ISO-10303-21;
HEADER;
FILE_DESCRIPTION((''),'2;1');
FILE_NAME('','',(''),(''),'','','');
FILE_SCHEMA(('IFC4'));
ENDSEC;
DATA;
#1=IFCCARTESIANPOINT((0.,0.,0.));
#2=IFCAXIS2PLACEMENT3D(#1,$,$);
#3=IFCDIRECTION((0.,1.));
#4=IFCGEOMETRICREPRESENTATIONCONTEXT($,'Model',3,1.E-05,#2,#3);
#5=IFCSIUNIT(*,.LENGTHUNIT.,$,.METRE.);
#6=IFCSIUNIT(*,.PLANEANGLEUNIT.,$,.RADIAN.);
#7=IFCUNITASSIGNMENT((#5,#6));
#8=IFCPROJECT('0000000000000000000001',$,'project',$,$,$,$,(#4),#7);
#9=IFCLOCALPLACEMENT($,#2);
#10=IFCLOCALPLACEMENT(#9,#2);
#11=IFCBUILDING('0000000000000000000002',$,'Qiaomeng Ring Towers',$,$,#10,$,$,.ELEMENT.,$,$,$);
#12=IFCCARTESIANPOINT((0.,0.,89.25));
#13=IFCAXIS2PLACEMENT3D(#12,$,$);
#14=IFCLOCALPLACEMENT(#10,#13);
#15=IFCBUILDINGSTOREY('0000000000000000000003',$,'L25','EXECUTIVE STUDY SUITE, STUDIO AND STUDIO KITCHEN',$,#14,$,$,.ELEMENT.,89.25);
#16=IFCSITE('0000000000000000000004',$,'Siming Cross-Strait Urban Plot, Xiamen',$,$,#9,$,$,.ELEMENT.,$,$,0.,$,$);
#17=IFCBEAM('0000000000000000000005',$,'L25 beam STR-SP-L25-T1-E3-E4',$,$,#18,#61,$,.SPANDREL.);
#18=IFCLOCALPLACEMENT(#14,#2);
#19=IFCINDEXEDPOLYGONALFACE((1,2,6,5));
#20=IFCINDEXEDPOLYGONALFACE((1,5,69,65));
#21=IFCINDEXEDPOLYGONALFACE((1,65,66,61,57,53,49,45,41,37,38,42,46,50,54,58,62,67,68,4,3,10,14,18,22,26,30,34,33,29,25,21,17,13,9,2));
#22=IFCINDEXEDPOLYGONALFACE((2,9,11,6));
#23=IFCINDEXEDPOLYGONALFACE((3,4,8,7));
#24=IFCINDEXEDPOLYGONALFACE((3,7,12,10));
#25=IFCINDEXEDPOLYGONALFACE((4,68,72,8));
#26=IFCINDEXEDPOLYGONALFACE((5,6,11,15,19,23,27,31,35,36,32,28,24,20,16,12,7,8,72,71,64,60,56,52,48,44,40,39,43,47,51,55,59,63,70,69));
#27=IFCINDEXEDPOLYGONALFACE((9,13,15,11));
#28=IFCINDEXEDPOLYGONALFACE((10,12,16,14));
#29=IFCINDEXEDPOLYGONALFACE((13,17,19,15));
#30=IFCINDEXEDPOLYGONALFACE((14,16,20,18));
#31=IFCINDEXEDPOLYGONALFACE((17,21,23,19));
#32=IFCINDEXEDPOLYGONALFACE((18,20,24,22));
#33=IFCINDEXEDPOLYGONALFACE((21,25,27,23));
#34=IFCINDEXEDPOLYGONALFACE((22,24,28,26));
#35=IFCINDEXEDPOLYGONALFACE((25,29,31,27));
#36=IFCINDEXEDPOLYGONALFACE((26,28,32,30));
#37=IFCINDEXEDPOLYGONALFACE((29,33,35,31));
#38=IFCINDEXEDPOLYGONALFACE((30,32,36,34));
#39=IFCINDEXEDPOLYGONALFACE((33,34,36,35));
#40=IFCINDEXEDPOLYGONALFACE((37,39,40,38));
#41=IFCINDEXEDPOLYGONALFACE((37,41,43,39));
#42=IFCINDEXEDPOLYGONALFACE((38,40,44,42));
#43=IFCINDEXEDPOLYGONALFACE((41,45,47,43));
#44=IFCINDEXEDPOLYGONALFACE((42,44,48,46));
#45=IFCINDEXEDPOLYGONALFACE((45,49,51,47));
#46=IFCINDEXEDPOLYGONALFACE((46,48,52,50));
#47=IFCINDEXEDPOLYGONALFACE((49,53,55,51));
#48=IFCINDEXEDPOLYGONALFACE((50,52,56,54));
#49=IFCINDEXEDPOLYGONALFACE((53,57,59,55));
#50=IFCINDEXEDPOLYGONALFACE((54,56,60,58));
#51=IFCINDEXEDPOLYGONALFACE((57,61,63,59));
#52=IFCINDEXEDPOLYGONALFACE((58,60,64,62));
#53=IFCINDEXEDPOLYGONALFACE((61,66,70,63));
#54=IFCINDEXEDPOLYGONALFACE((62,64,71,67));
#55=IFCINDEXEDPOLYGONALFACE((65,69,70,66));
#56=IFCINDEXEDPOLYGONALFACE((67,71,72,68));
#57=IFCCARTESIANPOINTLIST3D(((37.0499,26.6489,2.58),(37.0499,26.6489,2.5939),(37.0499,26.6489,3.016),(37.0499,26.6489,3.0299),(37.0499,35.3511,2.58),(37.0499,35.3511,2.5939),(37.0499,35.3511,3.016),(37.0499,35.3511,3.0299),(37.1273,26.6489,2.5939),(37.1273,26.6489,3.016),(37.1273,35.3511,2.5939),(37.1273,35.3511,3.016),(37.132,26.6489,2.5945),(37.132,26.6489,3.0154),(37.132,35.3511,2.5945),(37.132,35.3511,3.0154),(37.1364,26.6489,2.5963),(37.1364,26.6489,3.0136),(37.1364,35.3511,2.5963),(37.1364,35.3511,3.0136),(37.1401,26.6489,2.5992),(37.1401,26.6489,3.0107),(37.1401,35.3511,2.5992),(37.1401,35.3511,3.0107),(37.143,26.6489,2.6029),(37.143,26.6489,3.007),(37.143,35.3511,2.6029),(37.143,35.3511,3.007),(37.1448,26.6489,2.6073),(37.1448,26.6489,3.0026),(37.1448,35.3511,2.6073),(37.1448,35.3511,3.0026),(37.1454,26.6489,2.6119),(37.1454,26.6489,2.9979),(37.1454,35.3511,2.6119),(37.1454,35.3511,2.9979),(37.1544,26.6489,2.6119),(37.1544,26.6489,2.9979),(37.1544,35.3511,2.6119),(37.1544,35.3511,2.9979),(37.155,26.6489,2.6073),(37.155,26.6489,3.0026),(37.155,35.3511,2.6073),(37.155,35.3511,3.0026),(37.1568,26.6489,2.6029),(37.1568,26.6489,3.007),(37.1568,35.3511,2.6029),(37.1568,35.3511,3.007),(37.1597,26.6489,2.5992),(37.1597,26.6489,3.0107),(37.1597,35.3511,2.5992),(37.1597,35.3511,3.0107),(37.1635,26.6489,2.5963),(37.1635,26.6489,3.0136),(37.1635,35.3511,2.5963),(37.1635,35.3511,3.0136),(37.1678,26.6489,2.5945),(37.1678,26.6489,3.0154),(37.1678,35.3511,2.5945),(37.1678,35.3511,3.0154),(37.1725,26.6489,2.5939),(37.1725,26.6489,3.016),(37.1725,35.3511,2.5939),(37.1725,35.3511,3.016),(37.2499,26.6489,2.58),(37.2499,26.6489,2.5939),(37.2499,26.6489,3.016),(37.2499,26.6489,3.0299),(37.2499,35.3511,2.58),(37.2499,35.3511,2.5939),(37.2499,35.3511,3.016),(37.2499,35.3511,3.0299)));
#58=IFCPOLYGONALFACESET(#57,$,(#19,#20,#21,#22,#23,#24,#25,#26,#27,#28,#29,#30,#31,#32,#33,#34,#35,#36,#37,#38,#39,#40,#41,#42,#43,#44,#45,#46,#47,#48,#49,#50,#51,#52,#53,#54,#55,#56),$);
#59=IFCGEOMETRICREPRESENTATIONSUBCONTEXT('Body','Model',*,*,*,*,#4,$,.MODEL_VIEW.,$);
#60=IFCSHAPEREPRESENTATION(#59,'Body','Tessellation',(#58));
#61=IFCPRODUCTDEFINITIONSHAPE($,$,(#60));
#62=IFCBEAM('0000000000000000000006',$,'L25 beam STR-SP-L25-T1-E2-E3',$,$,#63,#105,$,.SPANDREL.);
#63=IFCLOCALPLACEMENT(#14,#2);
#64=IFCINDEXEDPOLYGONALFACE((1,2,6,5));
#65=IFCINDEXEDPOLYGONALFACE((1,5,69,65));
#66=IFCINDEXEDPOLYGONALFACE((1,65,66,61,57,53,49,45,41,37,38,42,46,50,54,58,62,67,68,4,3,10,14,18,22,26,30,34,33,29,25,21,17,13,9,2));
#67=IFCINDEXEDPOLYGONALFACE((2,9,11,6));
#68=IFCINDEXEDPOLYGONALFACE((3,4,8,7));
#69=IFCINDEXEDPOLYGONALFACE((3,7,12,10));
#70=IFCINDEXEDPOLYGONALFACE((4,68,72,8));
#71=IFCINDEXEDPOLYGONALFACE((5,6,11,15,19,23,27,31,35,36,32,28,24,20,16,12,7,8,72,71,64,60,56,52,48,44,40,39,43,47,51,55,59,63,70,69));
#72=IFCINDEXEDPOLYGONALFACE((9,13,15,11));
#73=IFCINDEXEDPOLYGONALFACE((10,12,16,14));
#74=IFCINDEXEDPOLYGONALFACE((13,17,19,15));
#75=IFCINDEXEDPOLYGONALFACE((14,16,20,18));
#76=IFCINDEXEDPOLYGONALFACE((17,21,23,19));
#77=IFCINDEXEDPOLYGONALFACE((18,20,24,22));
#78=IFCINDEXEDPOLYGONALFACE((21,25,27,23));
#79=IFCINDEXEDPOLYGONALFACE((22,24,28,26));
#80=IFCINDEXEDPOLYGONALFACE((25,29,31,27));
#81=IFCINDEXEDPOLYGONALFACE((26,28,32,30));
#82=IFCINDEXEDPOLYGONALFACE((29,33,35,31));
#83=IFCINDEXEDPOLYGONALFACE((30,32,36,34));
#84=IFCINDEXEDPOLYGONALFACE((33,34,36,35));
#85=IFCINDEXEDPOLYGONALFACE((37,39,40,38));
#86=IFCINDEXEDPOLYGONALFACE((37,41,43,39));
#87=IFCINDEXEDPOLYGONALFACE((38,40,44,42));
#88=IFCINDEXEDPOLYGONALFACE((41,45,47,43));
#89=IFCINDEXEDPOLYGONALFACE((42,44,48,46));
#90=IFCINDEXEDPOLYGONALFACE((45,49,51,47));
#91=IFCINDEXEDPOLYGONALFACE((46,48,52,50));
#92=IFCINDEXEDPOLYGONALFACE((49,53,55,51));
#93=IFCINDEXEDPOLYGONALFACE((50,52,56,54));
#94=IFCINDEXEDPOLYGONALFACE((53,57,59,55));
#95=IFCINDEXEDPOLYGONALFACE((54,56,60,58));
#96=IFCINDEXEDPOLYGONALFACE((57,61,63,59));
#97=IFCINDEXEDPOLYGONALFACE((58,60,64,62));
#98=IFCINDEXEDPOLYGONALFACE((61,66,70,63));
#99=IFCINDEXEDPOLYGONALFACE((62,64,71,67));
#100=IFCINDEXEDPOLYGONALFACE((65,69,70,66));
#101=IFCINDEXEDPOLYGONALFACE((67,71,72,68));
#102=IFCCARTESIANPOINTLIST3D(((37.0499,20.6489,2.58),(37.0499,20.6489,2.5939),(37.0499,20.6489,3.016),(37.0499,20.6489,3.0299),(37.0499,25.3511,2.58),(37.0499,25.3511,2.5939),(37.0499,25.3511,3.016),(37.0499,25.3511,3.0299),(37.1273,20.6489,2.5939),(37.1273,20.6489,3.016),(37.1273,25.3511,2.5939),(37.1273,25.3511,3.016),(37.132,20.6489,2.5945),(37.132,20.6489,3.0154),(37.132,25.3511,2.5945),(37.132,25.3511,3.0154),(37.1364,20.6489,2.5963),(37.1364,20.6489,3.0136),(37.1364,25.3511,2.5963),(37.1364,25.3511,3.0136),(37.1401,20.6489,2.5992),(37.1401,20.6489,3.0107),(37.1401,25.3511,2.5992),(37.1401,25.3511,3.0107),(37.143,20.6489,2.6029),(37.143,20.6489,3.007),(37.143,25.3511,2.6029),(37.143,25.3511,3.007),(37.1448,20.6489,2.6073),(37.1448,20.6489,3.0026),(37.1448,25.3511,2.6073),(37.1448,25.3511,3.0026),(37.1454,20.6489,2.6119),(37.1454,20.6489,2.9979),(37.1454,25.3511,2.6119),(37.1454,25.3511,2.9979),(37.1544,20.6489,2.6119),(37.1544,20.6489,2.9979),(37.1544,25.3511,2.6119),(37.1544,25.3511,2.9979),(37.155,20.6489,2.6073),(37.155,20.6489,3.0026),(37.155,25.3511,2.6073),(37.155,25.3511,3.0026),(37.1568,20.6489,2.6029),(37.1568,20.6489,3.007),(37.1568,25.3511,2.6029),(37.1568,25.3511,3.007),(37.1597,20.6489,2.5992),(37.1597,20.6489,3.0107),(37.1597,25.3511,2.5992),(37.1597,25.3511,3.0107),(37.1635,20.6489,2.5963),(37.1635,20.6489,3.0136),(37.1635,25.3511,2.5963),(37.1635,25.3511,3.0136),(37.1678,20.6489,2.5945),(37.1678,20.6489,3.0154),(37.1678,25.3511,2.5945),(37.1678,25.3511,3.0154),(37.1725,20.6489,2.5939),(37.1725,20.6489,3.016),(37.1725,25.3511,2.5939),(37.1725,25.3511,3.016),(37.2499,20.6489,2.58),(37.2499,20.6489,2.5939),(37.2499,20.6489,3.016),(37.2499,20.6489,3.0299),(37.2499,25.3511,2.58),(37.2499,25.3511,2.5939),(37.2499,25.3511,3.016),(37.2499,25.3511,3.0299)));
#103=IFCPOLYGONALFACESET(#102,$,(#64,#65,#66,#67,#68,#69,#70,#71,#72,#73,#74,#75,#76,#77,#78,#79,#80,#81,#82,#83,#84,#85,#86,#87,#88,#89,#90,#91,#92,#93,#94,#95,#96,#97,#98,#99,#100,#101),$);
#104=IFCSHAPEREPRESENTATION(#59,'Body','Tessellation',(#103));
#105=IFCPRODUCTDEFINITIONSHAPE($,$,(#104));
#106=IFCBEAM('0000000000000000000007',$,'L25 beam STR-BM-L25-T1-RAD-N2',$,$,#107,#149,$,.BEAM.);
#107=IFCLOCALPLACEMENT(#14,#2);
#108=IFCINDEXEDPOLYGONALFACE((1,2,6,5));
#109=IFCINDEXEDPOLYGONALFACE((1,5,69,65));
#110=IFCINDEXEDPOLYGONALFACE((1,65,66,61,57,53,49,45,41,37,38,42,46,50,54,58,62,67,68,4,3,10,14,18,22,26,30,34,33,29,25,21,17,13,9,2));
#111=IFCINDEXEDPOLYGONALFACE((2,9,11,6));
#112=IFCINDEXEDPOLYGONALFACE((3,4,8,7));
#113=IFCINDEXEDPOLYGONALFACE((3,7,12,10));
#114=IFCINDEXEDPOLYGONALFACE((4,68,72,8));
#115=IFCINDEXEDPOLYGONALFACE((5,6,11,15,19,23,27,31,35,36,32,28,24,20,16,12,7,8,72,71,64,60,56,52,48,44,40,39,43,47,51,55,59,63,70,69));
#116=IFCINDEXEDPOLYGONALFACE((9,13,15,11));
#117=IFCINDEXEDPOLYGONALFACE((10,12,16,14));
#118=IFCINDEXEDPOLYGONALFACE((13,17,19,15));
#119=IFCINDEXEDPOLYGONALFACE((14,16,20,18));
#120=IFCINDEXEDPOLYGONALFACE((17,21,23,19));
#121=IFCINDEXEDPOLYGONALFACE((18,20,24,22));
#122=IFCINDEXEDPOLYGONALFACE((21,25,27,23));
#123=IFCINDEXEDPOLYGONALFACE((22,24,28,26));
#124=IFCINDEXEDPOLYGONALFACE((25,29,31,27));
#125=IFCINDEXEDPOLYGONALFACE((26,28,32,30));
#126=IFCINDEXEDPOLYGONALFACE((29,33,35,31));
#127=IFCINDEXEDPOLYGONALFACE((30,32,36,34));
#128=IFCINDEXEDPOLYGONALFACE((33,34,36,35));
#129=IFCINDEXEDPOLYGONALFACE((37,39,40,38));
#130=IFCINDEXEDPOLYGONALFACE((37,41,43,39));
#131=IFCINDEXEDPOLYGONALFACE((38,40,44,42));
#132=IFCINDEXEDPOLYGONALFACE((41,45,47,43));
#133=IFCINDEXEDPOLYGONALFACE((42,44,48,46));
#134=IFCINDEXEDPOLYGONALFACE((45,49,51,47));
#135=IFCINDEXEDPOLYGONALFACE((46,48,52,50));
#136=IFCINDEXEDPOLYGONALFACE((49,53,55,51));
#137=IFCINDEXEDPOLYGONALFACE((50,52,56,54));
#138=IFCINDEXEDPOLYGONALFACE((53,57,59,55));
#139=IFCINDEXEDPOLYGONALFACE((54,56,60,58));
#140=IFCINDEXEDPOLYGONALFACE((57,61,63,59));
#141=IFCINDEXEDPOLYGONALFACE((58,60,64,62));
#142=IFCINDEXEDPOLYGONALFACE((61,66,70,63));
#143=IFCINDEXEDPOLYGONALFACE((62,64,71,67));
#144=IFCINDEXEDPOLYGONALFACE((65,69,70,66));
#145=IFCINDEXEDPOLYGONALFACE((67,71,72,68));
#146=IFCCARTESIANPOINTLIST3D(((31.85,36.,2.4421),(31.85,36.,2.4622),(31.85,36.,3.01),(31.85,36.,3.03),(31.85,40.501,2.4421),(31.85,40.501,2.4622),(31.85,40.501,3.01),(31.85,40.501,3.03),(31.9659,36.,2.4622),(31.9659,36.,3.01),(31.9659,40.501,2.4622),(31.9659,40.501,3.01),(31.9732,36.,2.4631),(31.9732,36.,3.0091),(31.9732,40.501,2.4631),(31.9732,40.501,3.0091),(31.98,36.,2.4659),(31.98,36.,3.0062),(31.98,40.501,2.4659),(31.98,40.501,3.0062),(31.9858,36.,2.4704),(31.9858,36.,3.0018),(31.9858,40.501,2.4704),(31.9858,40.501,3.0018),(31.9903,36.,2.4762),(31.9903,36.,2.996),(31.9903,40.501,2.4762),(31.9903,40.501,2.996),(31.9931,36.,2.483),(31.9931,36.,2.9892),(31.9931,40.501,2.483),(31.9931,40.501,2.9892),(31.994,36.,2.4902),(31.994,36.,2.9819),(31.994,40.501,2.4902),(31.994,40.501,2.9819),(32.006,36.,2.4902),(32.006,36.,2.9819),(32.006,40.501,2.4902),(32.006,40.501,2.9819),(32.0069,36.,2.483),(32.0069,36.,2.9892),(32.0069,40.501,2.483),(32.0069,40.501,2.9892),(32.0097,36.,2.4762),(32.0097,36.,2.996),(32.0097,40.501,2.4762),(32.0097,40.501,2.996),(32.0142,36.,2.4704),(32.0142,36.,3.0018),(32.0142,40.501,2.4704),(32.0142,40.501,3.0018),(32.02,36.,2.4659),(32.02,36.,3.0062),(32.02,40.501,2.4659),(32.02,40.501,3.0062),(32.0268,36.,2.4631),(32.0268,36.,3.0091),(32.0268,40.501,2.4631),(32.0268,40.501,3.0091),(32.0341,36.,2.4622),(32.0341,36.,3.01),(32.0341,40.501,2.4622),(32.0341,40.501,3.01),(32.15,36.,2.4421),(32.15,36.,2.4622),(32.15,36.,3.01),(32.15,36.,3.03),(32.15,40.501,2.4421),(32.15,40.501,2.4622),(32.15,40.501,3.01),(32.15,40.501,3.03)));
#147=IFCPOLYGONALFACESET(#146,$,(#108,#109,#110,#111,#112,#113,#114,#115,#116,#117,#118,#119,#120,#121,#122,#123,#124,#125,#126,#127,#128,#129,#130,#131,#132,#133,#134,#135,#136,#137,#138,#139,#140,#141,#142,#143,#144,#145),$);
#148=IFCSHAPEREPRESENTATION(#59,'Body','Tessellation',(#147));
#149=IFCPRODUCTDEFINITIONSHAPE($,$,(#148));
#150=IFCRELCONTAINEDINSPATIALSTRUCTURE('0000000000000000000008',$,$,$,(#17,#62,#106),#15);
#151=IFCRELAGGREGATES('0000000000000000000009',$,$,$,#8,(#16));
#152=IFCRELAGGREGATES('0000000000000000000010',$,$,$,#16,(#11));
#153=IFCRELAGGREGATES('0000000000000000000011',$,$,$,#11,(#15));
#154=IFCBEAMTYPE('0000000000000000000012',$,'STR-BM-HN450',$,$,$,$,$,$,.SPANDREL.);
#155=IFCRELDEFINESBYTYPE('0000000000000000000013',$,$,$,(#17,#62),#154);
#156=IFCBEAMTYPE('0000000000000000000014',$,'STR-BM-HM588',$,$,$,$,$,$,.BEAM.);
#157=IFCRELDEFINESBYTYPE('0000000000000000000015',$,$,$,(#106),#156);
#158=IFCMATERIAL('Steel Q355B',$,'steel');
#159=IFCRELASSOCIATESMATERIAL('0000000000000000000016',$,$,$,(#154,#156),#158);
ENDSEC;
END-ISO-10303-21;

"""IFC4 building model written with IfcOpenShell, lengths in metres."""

from ifc_helpers import new_model, si_unit, direction, frame, origin, origin_2d, place, context, subcontext, project, spatial, i_section, extrude, source, transform, mapped, material, material_profile, profile_set, type_object, element, save


model = new_model("IFC4")

# Units and contexts
model_context = context("Model", 3, precision=1e-05, world=origin(), true_north=direction((0.0, 1.0)))
body_context = subcontext(model_context, "Body", "Model", "MODEL_VIEW")
ifc_project = project(units=[si_unit("LENGTHUNIT", "METRE"), si_unit("PLANEANGLEUNIT", "RADIAN")], contexts=[model_context])

# Site, building, storey
site_placement = place(None, origin())
site = spatial("IfcSite", under=ifc_project, at=site_placement, Name="Siming Cross-Strait Urban Plot, Xiamen", CompositionType="ELEMENT", RefElevation=0.0)
building_placement = place(site_placement, origin())
building = spatial("IfcBuilding", under=site, at=building_placement, Name="Qiaomeng Ring Towers", CompositionType="ELEMENT")
storey_placement = place(building_placement, frame((0.0, 0.0, 89.25)))
storey = spatial("IfcBuildingStorey", under=building, at=storey_placement, Name="L25", Description="EXECUTIVE STUDY SUITE, STUDIO AND STUDIO KITCHEN", CompositionType="ELEMENT", Elevation=89.25)

# Beams
ifc_material_1 = material(Name="Steel Q355B", Category="steel")
ifc_material_profile_1 = material_profile(ifc_material_1, i_section(OverallWidth=0.2, OverallDepth=0.45, WebThickness=0.009, FlangeThickness=0.0139, FilletRadius=0.0181, at=origin_2d()), Name="HN 450x200x9x14")
ifc_profile_set_1 = profile_set([ifc_material_profile_1], Name="Steel Q355B")
beam_type_1 = type_object("IfcBeamType", Name="STR-BM-HN450", PredefinedType="SPANDREL", material=ifc_profile_set_1)
shared_shape_1 = source(origin(), body_context, "Body", "SweptSolid", [
    extrude(i_section(OverallWidth=0.2, OverallDepth=0.45, WebThickness=0.009, FlangeThickness=0.0139, FilletRadius=0.0181, at=origin_2d()), origin(), (0.0, 0.0, 1.0), 8.7021),
])
beam_1_placement = place(storey_placement, frame((37.1499, 26.6489, 2.8049), z_axis=(0.0, 1.0, 0.0), x_axis=(-1.0, 0.0, 0.0)))
element("IfcBeam", 1, at=beam_1_placement, inside=storey, type_object=beam_type_1, Name="L25 beam STR-SP-L25-T1-E3-E4", PredefinedType="SPANDREL", context=body_context, shape_type="MappedRepresentation", body=[
    mapped(shared_shape_1, transform((0.0, 0.0, 0.0), x_axis=(1.0, 0.0, 0.0), y_axis=(0.0, 1.0, 0.0), z_axis=(0.0, 0.0, 1.0), scale=1.0)),
])
shared_shape_2 = source(origin(), body_context, "Body", "SweptSolid", [
    extrude(i_section(OverallWidth=0.2, OverallDepth=0.45, WebThickness=0.009, FlangeThickness=0.0139, FilletRadius=0.0181, at=origin_2d()), origin(), (0.0, 0.0, 1.0), 4.7021),
])
beam_2_placement = place(storey_placement, frame((37.1499, 20.6489, 2.8049), z_axis=(0.0, 1.0, 0.0), x_axis=(-1.0, 0.0, 0.0)))
element("IfcBeam", 2, at=beam_2_placement, inside=storey, type_object=beam_type_1, Name="L25 beam STR-SP-L25-T1-E2-E3", PredefinedType="SPANDREL", context=body_context, shape_type="MappedRepresentation", body=[
    mapped(shared_shape_2, transform((0.0, 0.0, 0.0), x_axis=(1.0, 0.0, 0.0), y_axis=(0.0, 1.0, 0.0), z_axis=(0.0, 0.0, 1.0), scale=1.0)),
])
ifc_material_profile_2 = material_profile(ifc_material_1, i_section(OverallWidth=0.3, OverallDepth=0.5879, WebThickness=0.012, FlangeThickness=0.02, FilletRadius=0.0281, at=origin_2d()), Name="HM 588x300x12x20")
ifc_profile_set_2 = profile_set([ifc_material_profile_2], Name="Steel Q355B")
beam_type_2 = type_object("IfcBeamType", Name="STR-BM-HM588", PredefinedType="BEAM", material=ifc_profile_set_2)
shared_shape_3 = source(origin(), body_context, "Body", "SweptSolid", [
    extrude(i_section(OverallWidth=0.3, OverallDepth=0.5879, WebThickness=0.012, FlangeThickness=0.02, FilletRadius=0.0281, at=origin_2d()), origin(), (0.0, 0.0, 1.0), 4.501),
])
beam_3_placement = place(storey_placement, frame((32.0, 40.501, 2.7361), z_axis=(0.0, -1.0, 0.0), x_axis=(1.0, 0.0, 0.0)))
element("IfcBeam", 3, at=beam_3_placement, inside=storey, type_object=beam_type_2, Name="L25 beam STR-BM-L25-T1-RAD-N2", PredefinedType="BEAM", context=body_context, shape_type="MappedRepresentation", body=[
    mapped(shared_shape_3, transform((0.0, 0.0, 0.0), x_axis=(1.0, 0.0, 0.0), y_axis=(0.0, 1.0, 0.0), z_axis=(0.0, 0.0, 1.0), scale=1.0)),
])

save(model, "model.ifc")
